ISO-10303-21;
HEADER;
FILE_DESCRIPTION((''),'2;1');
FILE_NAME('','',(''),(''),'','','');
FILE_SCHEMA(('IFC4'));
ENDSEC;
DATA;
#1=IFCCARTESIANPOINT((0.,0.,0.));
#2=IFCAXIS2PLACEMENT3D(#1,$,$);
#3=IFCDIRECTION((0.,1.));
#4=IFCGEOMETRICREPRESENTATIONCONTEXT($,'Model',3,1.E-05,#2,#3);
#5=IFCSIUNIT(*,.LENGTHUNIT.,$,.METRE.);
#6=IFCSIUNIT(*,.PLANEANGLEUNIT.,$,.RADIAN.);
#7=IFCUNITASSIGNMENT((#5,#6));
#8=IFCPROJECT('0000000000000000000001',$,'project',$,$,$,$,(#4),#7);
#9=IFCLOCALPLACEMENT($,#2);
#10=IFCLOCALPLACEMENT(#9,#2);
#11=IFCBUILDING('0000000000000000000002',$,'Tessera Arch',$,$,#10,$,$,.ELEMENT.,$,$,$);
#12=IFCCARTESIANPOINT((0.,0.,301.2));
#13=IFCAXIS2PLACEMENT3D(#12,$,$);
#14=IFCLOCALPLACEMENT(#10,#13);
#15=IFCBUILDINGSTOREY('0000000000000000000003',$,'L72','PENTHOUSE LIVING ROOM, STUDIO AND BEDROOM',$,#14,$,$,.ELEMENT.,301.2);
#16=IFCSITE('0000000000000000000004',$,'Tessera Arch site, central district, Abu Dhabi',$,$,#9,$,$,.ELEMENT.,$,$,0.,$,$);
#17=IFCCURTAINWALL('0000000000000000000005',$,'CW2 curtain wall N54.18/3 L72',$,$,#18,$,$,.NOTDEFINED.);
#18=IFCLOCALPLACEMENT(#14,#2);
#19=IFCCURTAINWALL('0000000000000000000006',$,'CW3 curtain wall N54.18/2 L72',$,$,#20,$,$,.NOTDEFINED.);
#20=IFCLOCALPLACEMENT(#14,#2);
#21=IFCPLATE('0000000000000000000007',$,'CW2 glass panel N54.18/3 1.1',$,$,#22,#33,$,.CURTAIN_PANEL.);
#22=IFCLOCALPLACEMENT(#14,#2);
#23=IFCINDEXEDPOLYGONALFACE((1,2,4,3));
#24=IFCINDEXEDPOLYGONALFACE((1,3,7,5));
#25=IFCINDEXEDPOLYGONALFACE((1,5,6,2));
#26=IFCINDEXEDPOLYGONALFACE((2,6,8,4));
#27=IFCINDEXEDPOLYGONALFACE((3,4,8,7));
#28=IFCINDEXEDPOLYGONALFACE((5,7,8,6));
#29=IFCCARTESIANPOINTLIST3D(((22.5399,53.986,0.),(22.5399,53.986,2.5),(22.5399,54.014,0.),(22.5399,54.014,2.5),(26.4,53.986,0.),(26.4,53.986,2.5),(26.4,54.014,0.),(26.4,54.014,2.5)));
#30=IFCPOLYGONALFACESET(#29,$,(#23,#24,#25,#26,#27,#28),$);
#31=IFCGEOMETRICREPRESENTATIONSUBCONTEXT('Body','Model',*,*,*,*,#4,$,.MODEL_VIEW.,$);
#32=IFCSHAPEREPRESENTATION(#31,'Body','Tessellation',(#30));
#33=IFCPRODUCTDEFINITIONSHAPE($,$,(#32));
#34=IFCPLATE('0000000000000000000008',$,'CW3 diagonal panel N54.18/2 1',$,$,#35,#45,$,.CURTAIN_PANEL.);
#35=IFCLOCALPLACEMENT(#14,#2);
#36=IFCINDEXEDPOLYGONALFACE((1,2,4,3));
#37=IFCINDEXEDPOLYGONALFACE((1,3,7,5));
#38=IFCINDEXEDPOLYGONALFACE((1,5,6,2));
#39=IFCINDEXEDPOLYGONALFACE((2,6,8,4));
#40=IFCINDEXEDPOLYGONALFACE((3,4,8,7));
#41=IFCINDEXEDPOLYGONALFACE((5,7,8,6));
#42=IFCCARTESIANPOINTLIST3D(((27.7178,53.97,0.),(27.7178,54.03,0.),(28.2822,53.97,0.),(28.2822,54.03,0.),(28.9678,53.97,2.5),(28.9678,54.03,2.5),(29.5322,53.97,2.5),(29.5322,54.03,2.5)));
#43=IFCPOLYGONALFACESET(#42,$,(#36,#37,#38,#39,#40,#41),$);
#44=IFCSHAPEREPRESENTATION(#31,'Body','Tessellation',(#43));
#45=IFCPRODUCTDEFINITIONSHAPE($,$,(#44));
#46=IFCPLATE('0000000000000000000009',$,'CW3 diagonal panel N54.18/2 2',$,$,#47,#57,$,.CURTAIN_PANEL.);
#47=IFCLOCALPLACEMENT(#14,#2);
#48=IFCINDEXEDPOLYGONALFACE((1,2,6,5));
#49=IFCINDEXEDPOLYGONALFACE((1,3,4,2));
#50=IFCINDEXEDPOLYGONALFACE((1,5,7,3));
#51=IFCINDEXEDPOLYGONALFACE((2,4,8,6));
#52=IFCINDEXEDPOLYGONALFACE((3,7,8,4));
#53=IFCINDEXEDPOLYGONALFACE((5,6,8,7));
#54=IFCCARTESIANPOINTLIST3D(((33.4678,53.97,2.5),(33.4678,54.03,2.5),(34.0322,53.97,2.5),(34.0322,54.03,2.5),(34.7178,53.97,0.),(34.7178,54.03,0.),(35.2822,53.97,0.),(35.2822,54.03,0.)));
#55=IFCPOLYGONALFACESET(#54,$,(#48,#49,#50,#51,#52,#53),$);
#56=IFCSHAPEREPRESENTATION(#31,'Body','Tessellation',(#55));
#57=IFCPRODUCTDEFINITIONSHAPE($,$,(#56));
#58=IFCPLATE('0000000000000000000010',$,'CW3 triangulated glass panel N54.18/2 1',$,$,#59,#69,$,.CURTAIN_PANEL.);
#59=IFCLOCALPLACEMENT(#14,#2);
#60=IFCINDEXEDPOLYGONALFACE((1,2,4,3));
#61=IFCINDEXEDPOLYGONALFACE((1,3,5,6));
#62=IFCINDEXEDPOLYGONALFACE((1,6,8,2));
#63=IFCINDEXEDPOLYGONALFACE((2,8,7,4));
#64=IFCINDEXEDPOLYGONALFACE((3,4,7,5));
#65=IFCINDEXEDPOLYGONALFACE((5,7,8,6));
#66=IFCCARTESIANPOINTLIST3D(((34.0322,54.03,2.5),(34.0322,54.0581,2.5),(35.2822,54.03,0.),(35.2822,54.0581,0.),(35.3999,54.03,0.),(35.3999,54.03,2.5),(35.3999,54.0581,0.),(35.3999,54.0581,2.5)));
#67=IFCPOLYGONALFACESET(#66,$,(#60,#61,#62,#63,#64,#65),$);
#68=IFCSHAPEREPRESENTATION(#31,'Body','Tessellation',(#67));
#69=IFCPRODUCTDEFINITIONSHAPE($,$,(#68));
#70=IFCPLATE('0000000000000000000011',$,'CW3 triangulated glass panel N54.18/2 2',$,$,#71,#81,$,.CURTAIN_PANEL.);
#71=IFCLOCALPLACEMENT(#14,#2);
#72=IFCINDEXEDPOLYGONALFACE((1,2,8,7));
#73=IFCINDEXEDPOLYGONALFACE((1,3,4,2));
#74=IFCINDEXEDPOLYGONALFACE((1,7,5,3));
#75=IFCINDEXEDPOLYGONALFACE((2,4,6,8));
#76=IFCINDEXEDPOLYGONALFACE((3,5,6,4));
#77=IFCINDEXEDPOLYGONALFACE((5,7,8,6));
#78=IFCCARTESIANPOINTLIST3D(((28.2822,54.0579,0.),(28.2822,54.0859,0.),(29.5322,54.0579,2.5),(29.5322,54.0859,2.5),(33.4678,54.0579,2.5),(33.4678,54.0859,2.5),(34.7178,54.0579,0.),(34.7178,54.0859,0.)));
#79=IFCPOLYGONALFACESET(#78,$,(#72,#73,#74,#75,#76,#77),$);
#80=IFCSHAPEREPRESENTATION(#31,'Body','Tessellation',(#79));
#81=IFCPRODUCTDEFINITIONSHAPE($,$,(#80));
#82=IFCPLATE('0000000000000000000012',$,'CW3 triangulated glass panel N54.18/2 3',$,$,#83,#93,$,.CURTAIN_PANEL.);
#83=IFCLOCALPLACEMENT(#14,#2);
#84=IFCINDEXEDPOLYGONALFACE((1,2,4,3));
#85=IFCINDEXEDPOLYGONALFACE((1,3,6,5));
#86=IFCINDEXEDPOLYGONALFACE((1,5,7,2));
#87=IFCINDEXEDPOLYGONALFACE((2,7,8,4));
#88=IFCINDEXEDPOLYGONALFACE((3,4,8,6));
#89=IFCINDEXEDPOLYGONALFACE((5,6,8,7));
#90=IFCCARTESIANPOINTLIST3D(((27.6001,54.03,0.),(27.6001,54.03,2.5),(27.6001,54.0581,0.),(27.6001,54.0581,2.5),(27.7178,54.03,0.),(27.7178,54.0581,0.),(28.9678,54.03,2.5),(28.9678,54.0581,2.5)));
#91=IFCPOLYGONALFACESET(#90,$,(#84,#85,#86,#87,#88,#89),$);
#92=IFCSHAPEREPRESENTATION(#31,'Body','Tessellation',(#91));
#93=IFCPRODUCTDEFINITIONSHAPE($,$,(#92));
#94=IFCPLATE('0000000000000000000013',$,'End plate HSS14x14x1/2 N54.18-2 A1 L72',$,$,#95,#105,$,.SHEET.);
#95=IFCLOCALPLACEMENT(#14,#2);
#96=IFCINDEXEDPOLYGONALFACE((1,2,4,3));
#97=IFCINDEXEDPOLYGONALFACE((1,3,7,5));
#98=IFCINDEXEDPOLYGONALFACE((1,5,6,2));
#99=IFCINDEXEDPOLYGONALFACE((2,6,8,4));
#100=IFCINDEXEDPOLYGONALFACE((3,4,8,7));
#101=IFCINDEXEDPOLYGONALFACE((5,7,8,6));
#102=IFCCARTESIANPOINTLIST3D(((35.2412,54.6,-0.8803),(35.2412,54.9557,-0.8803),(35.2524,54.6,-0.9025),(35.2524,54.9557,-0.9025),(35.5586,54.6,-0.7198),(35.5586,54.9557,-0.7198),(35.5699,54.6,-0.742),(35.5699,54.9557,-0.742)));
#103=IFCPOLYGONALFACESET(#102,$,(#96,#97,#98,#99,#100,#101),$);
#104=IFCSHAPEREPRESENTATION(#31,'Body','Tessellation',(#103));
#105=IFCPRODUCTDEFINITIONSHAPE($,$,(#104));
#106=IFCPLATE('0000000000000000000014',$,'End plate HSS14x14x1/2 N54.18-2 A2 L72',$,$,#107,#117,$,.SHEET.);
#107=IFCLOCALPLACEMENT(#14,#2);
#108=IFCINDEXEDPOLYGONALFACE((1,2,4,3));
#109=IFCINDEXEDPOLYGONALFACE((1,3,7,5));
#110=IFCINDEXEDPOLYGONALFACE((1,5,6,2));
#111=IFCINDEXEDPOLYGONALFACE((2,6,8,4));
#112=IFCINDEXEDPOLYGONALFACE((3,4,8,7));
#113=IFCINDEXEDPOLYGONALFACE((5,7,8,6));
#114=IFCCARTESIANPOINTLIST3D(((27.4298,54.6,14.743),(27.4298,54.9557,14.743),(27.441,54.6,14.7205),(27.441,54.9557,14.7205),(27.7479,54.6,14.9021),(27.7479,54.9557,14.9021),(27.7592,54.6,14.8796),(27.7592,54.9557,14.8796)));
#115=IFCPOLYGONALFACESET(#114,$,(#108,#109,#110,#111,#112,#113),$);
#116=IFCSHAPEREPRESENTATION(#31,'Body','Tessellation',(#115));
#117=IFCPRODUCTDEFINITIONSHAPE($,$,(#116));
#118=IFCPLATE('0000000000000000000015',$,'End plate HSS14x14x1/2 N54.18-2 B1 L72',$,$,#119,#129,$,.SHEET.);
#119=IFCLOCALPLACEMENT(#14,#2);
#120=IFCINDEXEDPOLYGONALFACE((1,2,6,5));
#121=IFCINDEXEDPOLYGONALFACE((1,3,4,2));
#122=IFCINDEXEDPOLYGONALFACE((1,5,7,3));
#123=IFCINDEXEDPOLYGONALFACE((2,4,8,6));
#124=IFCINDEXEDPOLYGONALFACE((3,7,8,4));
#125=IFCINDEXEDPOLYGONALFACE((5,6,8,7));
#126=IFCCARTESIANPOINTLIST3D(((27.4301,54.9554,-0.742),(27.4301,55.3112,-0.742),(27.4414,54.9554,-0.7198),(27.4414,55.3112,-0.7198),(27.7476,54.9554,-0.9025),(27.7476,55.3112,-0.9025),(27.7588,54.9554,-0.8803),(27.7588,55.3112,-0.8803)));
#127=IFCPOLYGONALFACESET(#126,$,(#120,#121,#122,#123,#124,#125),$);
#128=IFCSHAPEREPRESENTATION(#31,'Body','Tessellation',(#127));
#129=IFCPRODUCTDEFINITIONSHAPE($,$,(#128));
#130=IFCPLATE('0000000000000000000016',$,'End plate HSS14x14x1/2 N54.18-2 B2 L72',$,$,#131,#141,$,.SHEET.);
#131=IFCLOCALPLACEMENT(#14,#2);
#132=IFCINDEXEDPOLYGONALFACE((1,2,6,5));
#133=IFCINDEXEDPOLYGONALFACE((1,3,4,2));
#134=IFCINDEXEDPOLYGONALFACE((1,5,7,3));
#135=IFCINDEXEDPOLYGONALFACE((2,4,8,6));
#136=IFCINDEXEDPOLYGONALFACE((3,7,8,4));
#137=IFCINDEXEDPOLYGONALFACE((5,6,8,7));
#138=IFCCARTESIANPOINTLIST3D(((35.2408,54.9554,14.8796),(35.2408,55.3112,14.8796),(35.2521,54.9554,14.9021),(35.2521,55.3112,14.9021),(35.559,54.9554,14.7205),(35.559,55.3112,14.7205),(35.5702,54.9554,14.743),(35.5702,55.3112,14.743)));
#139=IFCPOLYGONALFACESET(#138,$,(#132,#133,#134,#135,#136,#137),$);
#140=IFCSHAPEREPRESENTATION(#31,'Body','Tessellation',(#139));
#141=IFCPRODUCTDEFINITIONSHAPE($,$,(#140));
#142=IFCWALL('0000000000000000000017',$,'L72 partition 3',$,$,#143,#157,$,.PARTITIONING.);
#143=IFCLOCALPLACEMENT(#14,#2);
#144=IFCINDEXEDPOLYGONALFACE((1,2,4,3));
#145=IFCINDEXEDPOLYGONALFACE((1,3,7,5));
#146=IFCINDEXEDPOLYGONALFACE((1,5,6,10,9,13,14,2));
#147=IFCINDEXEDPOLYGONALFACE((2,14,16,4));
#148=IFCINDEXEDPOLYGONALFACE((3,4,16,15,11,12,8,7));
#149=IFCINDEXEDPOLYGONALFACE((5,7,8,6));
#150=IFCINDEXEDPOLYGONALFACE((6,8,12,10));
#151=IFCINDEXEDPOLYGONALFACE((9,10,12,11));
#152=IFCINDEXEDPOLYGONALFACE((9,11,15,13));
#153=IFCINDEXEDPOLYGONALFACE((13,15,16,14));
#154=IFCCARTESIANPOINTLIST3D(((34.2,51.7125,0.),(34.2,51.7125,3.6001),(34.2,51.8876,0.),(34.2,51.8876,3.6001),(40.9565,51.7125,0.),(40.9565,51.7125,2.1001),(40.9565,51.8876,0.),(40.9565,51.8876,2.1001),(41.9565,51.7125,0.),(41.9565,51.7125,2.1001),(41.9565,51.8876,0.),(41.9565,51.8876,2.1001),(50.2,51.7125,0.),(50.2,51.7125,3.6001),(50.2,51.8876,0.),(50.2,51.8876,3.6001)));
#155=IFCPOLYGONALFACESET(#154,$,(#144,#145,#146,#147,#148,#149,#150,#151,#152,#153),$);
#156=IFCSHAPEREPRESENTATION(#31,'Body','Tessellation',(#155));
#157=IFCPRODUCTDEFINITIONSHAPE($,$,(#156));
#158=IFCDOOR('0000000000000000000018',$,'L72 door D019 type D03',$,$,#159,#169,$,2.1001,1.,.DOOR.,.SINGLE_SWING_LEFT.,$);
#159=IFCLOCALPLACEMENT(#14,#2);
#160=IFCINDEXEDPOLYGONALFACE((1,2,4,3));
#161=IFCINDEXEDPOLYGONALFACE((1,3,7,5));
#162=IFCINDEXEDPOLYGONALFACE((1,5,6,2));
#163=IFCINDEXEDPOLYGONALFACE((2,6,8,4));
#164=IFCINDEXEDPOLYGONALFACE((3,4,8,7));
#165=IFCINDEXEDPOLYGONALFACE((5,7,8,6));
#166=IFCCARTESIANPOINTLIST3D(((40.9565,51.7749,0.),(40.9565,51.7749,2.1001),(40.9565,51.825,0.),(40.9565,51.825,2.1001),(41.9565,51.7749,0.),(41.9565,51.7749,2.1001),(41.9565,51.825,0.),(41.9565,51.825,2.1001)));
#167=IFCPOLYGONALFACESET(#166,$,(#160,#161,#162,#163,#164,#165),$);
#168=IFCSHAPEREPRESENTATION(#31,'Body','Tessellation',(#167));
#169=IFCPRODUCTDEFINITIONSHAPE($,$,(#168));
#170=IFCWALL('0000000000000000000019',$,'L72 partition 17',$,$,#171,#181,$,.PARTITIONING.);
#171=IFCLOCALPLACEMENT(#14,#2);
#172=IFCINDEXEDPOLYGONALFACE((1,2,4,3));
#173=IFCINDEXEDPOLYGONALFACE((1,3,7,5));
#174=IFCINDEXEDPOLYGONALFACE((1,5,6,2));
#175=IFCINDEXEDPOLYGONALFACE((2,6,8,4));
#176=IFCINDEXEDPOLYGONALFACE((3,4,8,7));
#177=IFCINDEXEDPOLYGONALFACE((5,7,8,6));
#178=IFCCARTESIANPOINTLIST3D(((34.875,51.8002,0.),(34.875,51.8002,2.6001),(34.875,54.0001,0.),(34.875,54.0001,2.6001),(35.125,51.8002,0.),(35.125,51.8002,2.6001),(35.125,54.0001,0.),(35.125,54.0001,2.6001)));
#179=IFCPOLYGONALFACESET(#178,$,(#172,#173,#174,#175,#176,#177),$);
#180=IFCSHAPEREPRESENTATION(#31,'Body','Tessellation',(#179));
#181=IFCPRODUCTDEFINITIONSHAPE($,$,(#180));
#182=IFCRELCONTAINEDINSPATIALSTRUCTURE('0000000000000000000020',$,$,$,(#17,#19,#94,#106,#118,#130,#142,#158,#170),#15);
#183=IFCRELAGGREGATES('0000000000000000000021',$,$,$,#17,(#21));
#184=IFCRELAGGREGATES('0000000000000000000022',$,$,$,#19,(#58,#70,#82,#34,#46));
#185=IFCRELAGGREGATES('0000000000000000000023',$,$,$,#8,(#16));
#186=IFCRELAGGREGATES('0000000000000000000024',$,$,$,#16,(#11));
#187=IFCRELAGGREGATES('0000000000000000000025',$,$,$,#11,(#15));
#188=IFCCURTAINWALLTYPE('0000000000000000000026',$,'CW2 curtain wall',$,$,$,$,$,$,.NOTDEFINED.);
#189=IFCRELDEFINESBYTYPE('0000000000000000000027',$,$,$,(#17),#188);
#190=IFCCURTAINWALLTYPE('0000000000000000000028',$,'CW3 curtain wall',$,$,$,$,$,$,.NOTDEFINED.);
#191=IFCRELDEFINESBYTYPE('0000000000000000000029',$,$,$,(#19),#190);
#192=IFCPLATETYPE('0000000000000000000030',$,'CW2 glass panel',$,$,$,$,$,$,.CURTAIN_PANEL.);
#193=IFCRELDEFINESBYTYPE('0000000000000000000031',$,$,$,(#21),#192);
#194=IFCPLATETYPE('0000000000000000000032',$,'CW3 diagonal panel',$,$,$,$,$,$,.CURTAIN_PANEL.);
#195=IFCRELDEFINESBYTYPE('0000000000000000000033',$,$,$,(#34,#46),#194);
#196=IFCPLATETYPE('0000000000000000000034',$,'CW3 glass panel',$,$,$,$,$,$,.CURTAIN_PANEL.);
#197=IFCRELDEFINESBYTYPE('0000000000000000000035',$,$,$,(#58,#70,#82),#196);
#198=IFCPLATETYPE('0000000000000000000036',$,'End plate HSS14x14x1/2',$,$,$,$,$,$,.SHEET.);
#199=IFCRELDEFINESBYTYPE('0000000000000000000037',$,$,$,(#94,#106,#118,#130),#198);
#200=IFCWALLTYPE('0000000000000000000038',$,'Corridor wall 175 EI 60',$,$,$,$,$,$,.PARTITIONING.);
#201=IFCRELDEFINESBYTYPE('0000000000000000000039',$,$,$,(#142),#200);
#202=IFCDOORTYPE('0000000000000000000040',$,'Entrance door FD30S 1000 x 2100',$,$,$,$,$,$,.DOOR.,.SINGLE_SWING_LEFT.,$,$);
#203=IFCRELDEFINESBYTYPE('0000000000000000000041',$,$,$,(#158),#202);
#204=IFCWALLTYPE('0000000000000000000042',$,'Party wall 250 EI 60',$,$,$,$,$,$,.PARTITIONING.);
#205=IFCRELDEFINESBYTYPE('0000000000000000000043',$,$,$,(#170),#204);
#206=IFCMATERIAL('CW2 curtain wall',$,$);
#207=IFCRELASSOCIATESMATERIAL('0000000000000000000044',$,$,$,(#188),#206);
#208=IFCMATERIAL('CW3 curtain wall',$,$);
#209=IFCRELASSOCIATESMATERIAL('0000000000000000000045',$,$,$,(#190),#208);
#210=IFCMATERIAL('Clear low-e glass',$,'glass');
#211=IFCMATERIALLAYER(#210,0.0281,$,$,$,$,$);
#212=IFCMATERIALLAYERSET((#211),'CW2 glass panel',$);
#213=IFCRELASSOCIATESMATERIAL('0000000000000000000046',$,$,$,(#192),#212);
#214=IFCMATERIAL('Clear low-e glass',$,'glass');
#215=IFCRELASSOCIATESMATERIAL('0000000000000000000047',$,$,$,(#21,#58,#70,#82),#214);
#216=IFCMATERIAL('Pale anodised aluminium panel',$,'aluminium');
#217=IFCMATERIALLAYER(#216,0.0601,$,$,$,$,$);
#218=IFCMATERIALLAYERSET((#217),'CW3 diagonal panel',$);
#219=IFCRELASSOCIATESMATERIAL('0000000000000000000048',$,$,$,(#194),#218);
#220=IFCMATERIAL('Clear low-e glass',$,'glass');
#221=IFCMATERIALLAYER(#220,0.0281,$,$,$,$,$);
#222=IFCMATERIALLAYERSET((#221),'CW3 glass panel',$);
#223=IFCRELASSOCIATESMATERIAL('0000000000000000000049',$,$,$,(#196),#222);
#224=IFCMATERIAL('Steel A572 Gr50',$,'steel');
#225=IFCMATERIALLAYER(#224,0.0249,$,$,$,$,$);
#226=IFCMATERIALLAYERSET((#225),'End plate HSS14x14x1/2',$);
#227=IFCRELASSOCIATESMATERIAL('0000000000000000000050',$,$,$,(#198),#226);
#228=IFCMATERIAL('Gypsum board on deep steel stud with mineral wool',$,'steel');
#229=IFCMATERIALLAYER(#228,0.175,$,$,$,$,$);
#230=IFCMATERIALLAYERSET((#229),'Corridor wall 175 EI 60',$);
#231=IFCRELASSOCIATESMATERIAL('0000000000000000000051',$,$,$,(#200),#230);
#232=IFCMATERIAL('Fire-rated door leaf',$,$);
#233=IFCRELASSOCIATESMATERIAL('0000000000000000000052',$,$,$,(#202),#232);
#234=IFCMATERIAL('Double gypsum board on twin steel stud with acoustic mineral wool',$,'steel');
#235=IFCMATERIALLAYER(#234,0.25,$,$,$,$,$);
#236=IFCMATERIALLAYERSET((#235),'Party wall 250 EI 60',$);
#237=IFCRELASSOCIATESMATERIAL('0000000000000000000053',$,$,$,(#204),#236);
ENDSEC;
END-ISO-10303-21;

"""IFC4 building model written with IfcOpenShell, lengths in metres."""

from ifc_helpers import new_model, si_unit, direction, frame, frame_2d, origin, origin_2d, place, context, subcontext, project, spatial, polyline, rectangle, outline, extrude, material, layer, layer_set, type_object, element, fill, aggregate, save


model = new_model("IFC4")

# Units and contexts
model_context = context("Model", 3, precision=1e-05, world=origin(), true_north=direction((0.0, 1.0)))
body_context = subcontext(model_context, "Body", "Model", "MODEL_VIEW")
ifc_project = project(units=[si_unit("LENGTHUNIT", "METRE"), si_unit("PLANEANGLEUNIT", "RADIAN")], contexts=[model_context])

# Site, building, storey
site_placement = place(None, origin())
site = spatial("IfcSite", under=ifc_project, at=site_placement, Name="Tessera Arch site, central district, Abu Dhabi", CompositionType="ELEMENT", RefElevation=0.0)
building_placement = place(site_placement, origin())
building = spatial("IfcBuilding", under=site, at=building_placement, Name="Tessera Arch", CompositionType="ELEMENT")
storey_placement = place(building_placement, frame((0.0, 0.0, 301.2)))
storey = spatial("IfcBuildingStorey", under=building, at=storey_placement, Name="L72", Description="PENTHOUSE LIVING ROOM, STUDIO AND BEDROOM", CompositionType="ELEMENT", Elevation=301.2)

# Curtain walls
ifc_material_1 = material(Name="CW2 curtain wall")
curtain_wall_type_1 = type_object("IfcCurtainWallType", Name="CW2 curtain wall", PredefinedType="NOTDEFINED", material=ifc_material_1)
curtain_wall_1_placement = place(storey_placement, origin())
curtain_wall_1 = element("IfcCurtainWall", 1, at=curtain_wall_1_placement, inside=storey, type_object=curtain_wall_type_1, Name="CW2 curtain wall N54.18/3 L72", PredefinedType="NOTDEFINED")
ifc_material_2 = material(Name="CW3 curtain wall")
curtain_wall_type_2 = type_object("IfcCurtainWallType", Name="CW3 curtain wall", PredefinedType="NOTDEFINED", material=ifc_material_2)
curtain_wall_2_placement = place(storey_placement, origin())
curtain_wall_2 = element("IfcCurtainWall", 2, at=curtain_wall_2_placement, inside=storey, type_object=curtain_wall_type_2, Name="CW3 curtain wall N54.18/2 L72", PredefinedType="NOTDEFINED")

# Plates
ifc_material_3 = material(Name="Clear low-e glass", Category="glass")
ifc_material_4 = material(Name="Clear low-e glass", Category="glass")
ifc_layer_1 = layer(ifc_material_4, 0.0281)
ifc_layer_set_1 = layer_set([ifc_layer_1], Name="CW2 glass panel")
plate_type_1 = type_object("IfcPlateType", Name="CW2 glass panel", PredefinedType="CURTAIN_PANEL", material=ifc_layer_set_1)
plate_1_placement = place(storey_placement, frame((24.47, 54.0, 0.0), z_axis=(0.0, 0.0, 1.0), x_axis=(-1.0, 0.0, 0.0)))
plate_1 = element("IfcPlate", 3, at=plate_1_placement, type_object=plate_type_1, material=ifc_material_3, Name="CW2 glass panel N54.18/3 1.1", PredefinedType="CURTAIN_PANEL", context=body_context, shape_type="SweptSolid", body=[
    extrude(rectangle(XDim=3.8601, YDim=0.0281, at=origin_2d()), origin(), (0.0, 0.0, 1.0), 2.5),
])
aggregate(curtain_wall_1, [plate_1])
ifc_material_5 = material(Name="Pale anodised aluminium panel", Category="aluminium")
ifc_layer_2 = layer(ifc_material_5, 0.0601)
ifc_layer_set_2 = layer_set([ifc_layer_2], Name="CW3 diagonal panel")
plate_type_2 = type_object("IfcPlateType", Name="CW3 diagonal panel", PredefinedType="CURTAIN_PANEL", material=ifc_layer_set_2)
plate_2_placement = place(storey_placement, frame((28.9678, 54.03, 2.5), z_axis=(0.0, 1.0, 0.0), x_axis=(1.0, 0.0, 0.0)))
plate_2 = element("IfcPlate", 4, at=plate_2_placement, type_object=plate_type_2, Name="CW3 diagonal panel N54.18/2 1", PredefinedType="CURTAIN_PANEL", context=body_context, shape_type="SweptSolid", body=[
    extrude(outline(polyline([(0.0, 0.0), (0.5645, 0.0), (-0.6855, 2.5), (-1.25, 2.5), (0.0, 0.0)])), origin(), (0.0, 0.0, -1.0), 0.0601),
])
plate_3_placement = place(storey_placement, frame((33.4678, 54.03, 2.5), z_axis=(0.0, 1.0, 0.0), x_axis=(1.0, 0.0, 0.0)))
plate_3 = element("IfcPlate", 5, at=plate_3_placement, type_object=plate_type_2, Name="CW3 diagonal panel N54.18/2 2", PredefinedType="CURTAIN_PANEL", context=body_context, shape_type="SweptSolid", body=[
    extrude(outline(polyline([(0.0, 0.0), (0.5645, 0.0), (1.8145, 2.5), (1.25, 2.5), (0.0, 0.0)])), origin(), (0.0, 0.0, -1.0), 0.0601),
])
ifc_material_6 = material(Name="Clear low-e glass", Category="glass")
ifc_layer_3 = layer(ifc_material_6, 0.0281)
ifc_layer_set_3 = layer_set([ifc_layer_3], Name="CW3 glass panel")
plate_type_3 = type_object("IfcPlateType", Name="CW3 glass panel", PredefinedType="CURTAIN_PANEL", material=ifc_layer_set_3)
plate_4_placement = place(storey_placement, frame((35.3999, 54.0581, 0.0), z_axis=(0.0, 1.0, 0.0), x_axis=(-1.0, 0.0, 0.0)))
plate_4 = element("IfcPlate", 6, at=plate_4_placement, type_object=plate_type_3, material=ifc_material_3, Name="CW3 triangulated glass panel N54.18/2 1", PredefinedType="CURTAIN_PANEL", context=body_context, shape_type="SweptSolid", body=[
    extrude(outline(polyline([(0.0, 0.0), (0.1177, 0.0), (1.3677, 2.5), (0.0, 2.5), (0.0, 0.0)])), origin(), (0.0, 0.0, -1.0), 0.0281),
])
plate_5_placement = place(storey_placement, frame((29.5322, 54.0859, 2.5), z_axis=(0.0, 1.0, 0.0), x_axis=(1.0, 0.0, 0.0)))
plate_5 = element("IfcPlate", 7, at=plate_5_placement, type_object=plate_type_3, material=ifc_material_3, Name="CW3 triangulated glass panel N54.18/2 2", PredefinedType="CURTAIN_PANEL", context=body_context, shape_type="SweptSolid", body=[
    extrude(outline(polyline([(0.0, 0.0), (3.9355, 0.0), (5.1855, 2.5), (-1.25, 2.5), (0.0, 0.0)])), origin(), (0.0, 0.0, -1.0), 0.0281),
])
plate_6_placement = place(storey_placement, frame((27.6001, 54.0581, 2.5), z_axis=(0.0, 1.0, 0.0), x_axis=(1.0, 0.0, 0.0)))
plate_6 = element("IfcPlate", 8, at=plate_6_placement, type_object=plate_type_3, material=ifc_material_3, Name="CW3 triangulated glass panel N54.18/2 3", PredefinedType="CURTAIN_PANEL", context=body_context, shape_type="SweptSolid", body=[
    extrude(outline(polyline([(0.0, 0.0), (1.3677, 0.0), (0.1177, 2.5), (0.0, 2.5), (0.0, 0.0)])), origin(), (0.0, 0.0, -1.0), 0.0281),
])
aggregate(curtain_wall_2, [plate_4, plate_5, plate_6, plate_2, plate_3])

# Plates
ifc_material_7 = material(Name="Steel A572 Gr50", Category="steel")
ifc_layer_4 = layer(ifc_material_7, 0.0249)
ifc_layer_set_4 = layer_set([ifc_layer_4], Name="End plate HSS14x14x1/2")
plate_type_4 = type_object("IfcPlateType", Name="End plate HSS14x14x1/2", PredefinedType="SHEET", material=ifc_layer_set_4)
plate_7_placement = place(storey_placement, frame((35.4111, 54.7778, -0.8223), z_axis=(-0.451132, 0.0, 0.892457), x_axis=(0.0, -1.0, 0.0)))
element("IfcPlate", 9, at=plate_7_placement, inside=storey, type_object=plate_type_4, Name="End plate HSS14x14x1/2 N54.18-2 A1 L72", PredefinedType="SHEET", context=body_context, shape_type="SweptSolid", body=[
    extrude(rectangle(XDim=0.3557, YDim=0.3557, at=origin_2d()), origin(), (0.0, 0.0, 1.0), 0.0249),
])
plate_8_placement = place(storey_placement, frame((27.6001, 54.7778, 14.8), z_axis=(-0.447214, 0.0, 0.894427), x_axis=(0.0, -1.0, 0.0)))
element("IfcPlate", 10, at=plate_8_placement, inside=storey, type_object=plate_type_4, Name="End plate HSS14x14x1/2 N54.18-2 A2 L72", PredefinedType="SHEET", context=body_context, shape_type="SweptSolid", body=[
    extrude(rectangle(XDim=0.3557, YDim=0.3557, at=origin_2d()), origin(), (0.0, 0.0, 1.0), 0.0251),
])
plate_9_placement = place(storey_placement, frame((27.5889, 55.1333, -0.8223), z_axis=(0.451132, 0.0, 0.892457), x_axis=(0.0, 1.0, 0.0)))
element("IfcPlate", 11, at=plate_9_placement, inside=storey, type_object=plate_type_4, Name="End plate HSS14x14x1/2 N54.18-2 B1 L72", PredefinedType="SHEET", context=body_context, shape_type="SweptSolid", body=[
    extrude(rectangle(XDim=0.3557, YDim=0.3557, at=origin_2d()), origin(), (0.0, 0.0, 1.0), 0.0249),
])
plate_10_placement = place(storey_placement, frame((35.3999, 55.1333, 14.8), z_axis=(0.447214, 0.0, 0.894427), x_axis=(0.0, 1.0, 0.0)))
element("IfcPlate", 12, at=plate_10_placement, inside=storey, type_object=plate_type_4, Name="End plate HSS14x14x1/2 N54.18-2 B2 L72", PredefinedType="SHEET", context=body_context, shape_type="SweptSolid", body=[
    extrude(rectangle(XDim=0.3557, YDim=0.3557, at=origin_2d()), origin(), (0.0, 0.0, 1.0), 0.0251),
])

# Wall, opening, door
ifc_material_8 = material(Name="Gypsum board on deep steel stud with mineral wool", Category="steel")
ifc_layer_5 = layer(ifc_material_8, 0.175)
ifc_layer_set_5 = layer_set([ifc_layer_5], Name="Corridor wall 175 EI 60")
wall_type_1 = type_object("IfcWallType", Name="Corridor wall 175 EI 60", PredefinedType="PARTITIONING", material=ifc_layer_set_5)
wall_1_placement = place(storey_placement, frame((34.2, 51.8, 0.0), z_axis=(0.0, 0.0, 1.0), x_axis=(1.0, 0.0, 0.0)))
wall_1 = element("IfcWall", 13, at=wall_1_placement, inside=storey, type_object=wall_type_1, Name="L72 partition 3", PredefinedType="PARTITIONING", context=body_context, shape_type="SweptSolid", body=[
    extrude(rectangle(XDim=16.0, YDim=0.175, at=frame_2d((8.0, 0.0))), origin(), (0.0, 0.0, 1.0), 3.6001),
])
opening_1_placement = place(wall_1_placement, frame((6.7566, 0.0, 0.0)))
opening_1 = element("IfcOpeningElement", 14, at=opening_1_placement, cuts=wall_1, PredefinedType="OPENING", context=body_context, shape_type="SweptSolid", body=[
    extrude(rectangle(XDim=1.0, YDim=2.1001, at=frame_2d((0.5, 1.05))), frame((0.0, 0.0974, 0.0), z_axis=(0.0, -1.0, 0.0), x_axis=(1.0, 0.0, 0.0)), (0.0, 0.0, 1.0), 0.1951),
])
ifc_material_9 = material(Name="Fire-rated door leaf")
door_type_1 = type_object("IfcDoorType", Name="Entrance door FD30S 1000 x 2100", OperationType="SINGLE_SWING_LEFT", PredefinedType="DOOR", material=ifc_material_9)
door_1_placement = place(opening_1_placement, origin())
door_1 = element("IfcDoor", 15, at=door_1_placement, inside=storey, type_object=door_type_1, Name="L72 door D019 type D03", OperationType="SINGLE_SWING_LEFT", OverallHeight=2.1001, OverallWidth=1.0, PredefinedType="DOOR", context=body_context, shape_type="SweptSolid", body=[
    extrude(rectangle(XDim=1.0, YDim=2.1001, at=frame_2d((0.5, 1.05))), frame((0.0, 0.0249, 0.0), z_axis=(0.0, -1.0, 0.0), x_axis=(1.0, 0.0, 0.0)), (0.0, 0.0, 1.0), 0.05),
])
fill(opening_1, door_1)

# Wall
ifc_material_10 = material(Name="Double gypsum board on twin steel stud with acoustic mineral wool", Category="steel")
ifc_layer_6 = layer(ifc_material_10, 0.25)
ifc_layer_set_6 = layer_set([ifc_layer_6], Name="Party wall 250 EI 60")
wall_type_2 = type_object("IfcWallType", Name="Party wall 250 EI 60", PredefinedType="PARTITIONING", material=ifc_layer_set_6)
wall_2_placement = place(storey_placement, frame((35.0, 51.8, 0.0), z_axis=(0.0, 0.0, 1.0), x_axis=(0.0, 1.0, 0.0)))
element("IfcWall", 16, at=wall_2_placement, inside=storey, type_object=wall_type_2, Name="L72 partition 17", PredefinedType="PARTITIONING", context=body_context, shape_type="SweptSolid", body=[
    extrude(rectangle(XDim=2.2, YDim=0.25, at=frame_2d((1.1001, 0.0))), origin(), (0.0, 0.0, 1.0), 2.6001),
])

save(model, "model.ifc")
